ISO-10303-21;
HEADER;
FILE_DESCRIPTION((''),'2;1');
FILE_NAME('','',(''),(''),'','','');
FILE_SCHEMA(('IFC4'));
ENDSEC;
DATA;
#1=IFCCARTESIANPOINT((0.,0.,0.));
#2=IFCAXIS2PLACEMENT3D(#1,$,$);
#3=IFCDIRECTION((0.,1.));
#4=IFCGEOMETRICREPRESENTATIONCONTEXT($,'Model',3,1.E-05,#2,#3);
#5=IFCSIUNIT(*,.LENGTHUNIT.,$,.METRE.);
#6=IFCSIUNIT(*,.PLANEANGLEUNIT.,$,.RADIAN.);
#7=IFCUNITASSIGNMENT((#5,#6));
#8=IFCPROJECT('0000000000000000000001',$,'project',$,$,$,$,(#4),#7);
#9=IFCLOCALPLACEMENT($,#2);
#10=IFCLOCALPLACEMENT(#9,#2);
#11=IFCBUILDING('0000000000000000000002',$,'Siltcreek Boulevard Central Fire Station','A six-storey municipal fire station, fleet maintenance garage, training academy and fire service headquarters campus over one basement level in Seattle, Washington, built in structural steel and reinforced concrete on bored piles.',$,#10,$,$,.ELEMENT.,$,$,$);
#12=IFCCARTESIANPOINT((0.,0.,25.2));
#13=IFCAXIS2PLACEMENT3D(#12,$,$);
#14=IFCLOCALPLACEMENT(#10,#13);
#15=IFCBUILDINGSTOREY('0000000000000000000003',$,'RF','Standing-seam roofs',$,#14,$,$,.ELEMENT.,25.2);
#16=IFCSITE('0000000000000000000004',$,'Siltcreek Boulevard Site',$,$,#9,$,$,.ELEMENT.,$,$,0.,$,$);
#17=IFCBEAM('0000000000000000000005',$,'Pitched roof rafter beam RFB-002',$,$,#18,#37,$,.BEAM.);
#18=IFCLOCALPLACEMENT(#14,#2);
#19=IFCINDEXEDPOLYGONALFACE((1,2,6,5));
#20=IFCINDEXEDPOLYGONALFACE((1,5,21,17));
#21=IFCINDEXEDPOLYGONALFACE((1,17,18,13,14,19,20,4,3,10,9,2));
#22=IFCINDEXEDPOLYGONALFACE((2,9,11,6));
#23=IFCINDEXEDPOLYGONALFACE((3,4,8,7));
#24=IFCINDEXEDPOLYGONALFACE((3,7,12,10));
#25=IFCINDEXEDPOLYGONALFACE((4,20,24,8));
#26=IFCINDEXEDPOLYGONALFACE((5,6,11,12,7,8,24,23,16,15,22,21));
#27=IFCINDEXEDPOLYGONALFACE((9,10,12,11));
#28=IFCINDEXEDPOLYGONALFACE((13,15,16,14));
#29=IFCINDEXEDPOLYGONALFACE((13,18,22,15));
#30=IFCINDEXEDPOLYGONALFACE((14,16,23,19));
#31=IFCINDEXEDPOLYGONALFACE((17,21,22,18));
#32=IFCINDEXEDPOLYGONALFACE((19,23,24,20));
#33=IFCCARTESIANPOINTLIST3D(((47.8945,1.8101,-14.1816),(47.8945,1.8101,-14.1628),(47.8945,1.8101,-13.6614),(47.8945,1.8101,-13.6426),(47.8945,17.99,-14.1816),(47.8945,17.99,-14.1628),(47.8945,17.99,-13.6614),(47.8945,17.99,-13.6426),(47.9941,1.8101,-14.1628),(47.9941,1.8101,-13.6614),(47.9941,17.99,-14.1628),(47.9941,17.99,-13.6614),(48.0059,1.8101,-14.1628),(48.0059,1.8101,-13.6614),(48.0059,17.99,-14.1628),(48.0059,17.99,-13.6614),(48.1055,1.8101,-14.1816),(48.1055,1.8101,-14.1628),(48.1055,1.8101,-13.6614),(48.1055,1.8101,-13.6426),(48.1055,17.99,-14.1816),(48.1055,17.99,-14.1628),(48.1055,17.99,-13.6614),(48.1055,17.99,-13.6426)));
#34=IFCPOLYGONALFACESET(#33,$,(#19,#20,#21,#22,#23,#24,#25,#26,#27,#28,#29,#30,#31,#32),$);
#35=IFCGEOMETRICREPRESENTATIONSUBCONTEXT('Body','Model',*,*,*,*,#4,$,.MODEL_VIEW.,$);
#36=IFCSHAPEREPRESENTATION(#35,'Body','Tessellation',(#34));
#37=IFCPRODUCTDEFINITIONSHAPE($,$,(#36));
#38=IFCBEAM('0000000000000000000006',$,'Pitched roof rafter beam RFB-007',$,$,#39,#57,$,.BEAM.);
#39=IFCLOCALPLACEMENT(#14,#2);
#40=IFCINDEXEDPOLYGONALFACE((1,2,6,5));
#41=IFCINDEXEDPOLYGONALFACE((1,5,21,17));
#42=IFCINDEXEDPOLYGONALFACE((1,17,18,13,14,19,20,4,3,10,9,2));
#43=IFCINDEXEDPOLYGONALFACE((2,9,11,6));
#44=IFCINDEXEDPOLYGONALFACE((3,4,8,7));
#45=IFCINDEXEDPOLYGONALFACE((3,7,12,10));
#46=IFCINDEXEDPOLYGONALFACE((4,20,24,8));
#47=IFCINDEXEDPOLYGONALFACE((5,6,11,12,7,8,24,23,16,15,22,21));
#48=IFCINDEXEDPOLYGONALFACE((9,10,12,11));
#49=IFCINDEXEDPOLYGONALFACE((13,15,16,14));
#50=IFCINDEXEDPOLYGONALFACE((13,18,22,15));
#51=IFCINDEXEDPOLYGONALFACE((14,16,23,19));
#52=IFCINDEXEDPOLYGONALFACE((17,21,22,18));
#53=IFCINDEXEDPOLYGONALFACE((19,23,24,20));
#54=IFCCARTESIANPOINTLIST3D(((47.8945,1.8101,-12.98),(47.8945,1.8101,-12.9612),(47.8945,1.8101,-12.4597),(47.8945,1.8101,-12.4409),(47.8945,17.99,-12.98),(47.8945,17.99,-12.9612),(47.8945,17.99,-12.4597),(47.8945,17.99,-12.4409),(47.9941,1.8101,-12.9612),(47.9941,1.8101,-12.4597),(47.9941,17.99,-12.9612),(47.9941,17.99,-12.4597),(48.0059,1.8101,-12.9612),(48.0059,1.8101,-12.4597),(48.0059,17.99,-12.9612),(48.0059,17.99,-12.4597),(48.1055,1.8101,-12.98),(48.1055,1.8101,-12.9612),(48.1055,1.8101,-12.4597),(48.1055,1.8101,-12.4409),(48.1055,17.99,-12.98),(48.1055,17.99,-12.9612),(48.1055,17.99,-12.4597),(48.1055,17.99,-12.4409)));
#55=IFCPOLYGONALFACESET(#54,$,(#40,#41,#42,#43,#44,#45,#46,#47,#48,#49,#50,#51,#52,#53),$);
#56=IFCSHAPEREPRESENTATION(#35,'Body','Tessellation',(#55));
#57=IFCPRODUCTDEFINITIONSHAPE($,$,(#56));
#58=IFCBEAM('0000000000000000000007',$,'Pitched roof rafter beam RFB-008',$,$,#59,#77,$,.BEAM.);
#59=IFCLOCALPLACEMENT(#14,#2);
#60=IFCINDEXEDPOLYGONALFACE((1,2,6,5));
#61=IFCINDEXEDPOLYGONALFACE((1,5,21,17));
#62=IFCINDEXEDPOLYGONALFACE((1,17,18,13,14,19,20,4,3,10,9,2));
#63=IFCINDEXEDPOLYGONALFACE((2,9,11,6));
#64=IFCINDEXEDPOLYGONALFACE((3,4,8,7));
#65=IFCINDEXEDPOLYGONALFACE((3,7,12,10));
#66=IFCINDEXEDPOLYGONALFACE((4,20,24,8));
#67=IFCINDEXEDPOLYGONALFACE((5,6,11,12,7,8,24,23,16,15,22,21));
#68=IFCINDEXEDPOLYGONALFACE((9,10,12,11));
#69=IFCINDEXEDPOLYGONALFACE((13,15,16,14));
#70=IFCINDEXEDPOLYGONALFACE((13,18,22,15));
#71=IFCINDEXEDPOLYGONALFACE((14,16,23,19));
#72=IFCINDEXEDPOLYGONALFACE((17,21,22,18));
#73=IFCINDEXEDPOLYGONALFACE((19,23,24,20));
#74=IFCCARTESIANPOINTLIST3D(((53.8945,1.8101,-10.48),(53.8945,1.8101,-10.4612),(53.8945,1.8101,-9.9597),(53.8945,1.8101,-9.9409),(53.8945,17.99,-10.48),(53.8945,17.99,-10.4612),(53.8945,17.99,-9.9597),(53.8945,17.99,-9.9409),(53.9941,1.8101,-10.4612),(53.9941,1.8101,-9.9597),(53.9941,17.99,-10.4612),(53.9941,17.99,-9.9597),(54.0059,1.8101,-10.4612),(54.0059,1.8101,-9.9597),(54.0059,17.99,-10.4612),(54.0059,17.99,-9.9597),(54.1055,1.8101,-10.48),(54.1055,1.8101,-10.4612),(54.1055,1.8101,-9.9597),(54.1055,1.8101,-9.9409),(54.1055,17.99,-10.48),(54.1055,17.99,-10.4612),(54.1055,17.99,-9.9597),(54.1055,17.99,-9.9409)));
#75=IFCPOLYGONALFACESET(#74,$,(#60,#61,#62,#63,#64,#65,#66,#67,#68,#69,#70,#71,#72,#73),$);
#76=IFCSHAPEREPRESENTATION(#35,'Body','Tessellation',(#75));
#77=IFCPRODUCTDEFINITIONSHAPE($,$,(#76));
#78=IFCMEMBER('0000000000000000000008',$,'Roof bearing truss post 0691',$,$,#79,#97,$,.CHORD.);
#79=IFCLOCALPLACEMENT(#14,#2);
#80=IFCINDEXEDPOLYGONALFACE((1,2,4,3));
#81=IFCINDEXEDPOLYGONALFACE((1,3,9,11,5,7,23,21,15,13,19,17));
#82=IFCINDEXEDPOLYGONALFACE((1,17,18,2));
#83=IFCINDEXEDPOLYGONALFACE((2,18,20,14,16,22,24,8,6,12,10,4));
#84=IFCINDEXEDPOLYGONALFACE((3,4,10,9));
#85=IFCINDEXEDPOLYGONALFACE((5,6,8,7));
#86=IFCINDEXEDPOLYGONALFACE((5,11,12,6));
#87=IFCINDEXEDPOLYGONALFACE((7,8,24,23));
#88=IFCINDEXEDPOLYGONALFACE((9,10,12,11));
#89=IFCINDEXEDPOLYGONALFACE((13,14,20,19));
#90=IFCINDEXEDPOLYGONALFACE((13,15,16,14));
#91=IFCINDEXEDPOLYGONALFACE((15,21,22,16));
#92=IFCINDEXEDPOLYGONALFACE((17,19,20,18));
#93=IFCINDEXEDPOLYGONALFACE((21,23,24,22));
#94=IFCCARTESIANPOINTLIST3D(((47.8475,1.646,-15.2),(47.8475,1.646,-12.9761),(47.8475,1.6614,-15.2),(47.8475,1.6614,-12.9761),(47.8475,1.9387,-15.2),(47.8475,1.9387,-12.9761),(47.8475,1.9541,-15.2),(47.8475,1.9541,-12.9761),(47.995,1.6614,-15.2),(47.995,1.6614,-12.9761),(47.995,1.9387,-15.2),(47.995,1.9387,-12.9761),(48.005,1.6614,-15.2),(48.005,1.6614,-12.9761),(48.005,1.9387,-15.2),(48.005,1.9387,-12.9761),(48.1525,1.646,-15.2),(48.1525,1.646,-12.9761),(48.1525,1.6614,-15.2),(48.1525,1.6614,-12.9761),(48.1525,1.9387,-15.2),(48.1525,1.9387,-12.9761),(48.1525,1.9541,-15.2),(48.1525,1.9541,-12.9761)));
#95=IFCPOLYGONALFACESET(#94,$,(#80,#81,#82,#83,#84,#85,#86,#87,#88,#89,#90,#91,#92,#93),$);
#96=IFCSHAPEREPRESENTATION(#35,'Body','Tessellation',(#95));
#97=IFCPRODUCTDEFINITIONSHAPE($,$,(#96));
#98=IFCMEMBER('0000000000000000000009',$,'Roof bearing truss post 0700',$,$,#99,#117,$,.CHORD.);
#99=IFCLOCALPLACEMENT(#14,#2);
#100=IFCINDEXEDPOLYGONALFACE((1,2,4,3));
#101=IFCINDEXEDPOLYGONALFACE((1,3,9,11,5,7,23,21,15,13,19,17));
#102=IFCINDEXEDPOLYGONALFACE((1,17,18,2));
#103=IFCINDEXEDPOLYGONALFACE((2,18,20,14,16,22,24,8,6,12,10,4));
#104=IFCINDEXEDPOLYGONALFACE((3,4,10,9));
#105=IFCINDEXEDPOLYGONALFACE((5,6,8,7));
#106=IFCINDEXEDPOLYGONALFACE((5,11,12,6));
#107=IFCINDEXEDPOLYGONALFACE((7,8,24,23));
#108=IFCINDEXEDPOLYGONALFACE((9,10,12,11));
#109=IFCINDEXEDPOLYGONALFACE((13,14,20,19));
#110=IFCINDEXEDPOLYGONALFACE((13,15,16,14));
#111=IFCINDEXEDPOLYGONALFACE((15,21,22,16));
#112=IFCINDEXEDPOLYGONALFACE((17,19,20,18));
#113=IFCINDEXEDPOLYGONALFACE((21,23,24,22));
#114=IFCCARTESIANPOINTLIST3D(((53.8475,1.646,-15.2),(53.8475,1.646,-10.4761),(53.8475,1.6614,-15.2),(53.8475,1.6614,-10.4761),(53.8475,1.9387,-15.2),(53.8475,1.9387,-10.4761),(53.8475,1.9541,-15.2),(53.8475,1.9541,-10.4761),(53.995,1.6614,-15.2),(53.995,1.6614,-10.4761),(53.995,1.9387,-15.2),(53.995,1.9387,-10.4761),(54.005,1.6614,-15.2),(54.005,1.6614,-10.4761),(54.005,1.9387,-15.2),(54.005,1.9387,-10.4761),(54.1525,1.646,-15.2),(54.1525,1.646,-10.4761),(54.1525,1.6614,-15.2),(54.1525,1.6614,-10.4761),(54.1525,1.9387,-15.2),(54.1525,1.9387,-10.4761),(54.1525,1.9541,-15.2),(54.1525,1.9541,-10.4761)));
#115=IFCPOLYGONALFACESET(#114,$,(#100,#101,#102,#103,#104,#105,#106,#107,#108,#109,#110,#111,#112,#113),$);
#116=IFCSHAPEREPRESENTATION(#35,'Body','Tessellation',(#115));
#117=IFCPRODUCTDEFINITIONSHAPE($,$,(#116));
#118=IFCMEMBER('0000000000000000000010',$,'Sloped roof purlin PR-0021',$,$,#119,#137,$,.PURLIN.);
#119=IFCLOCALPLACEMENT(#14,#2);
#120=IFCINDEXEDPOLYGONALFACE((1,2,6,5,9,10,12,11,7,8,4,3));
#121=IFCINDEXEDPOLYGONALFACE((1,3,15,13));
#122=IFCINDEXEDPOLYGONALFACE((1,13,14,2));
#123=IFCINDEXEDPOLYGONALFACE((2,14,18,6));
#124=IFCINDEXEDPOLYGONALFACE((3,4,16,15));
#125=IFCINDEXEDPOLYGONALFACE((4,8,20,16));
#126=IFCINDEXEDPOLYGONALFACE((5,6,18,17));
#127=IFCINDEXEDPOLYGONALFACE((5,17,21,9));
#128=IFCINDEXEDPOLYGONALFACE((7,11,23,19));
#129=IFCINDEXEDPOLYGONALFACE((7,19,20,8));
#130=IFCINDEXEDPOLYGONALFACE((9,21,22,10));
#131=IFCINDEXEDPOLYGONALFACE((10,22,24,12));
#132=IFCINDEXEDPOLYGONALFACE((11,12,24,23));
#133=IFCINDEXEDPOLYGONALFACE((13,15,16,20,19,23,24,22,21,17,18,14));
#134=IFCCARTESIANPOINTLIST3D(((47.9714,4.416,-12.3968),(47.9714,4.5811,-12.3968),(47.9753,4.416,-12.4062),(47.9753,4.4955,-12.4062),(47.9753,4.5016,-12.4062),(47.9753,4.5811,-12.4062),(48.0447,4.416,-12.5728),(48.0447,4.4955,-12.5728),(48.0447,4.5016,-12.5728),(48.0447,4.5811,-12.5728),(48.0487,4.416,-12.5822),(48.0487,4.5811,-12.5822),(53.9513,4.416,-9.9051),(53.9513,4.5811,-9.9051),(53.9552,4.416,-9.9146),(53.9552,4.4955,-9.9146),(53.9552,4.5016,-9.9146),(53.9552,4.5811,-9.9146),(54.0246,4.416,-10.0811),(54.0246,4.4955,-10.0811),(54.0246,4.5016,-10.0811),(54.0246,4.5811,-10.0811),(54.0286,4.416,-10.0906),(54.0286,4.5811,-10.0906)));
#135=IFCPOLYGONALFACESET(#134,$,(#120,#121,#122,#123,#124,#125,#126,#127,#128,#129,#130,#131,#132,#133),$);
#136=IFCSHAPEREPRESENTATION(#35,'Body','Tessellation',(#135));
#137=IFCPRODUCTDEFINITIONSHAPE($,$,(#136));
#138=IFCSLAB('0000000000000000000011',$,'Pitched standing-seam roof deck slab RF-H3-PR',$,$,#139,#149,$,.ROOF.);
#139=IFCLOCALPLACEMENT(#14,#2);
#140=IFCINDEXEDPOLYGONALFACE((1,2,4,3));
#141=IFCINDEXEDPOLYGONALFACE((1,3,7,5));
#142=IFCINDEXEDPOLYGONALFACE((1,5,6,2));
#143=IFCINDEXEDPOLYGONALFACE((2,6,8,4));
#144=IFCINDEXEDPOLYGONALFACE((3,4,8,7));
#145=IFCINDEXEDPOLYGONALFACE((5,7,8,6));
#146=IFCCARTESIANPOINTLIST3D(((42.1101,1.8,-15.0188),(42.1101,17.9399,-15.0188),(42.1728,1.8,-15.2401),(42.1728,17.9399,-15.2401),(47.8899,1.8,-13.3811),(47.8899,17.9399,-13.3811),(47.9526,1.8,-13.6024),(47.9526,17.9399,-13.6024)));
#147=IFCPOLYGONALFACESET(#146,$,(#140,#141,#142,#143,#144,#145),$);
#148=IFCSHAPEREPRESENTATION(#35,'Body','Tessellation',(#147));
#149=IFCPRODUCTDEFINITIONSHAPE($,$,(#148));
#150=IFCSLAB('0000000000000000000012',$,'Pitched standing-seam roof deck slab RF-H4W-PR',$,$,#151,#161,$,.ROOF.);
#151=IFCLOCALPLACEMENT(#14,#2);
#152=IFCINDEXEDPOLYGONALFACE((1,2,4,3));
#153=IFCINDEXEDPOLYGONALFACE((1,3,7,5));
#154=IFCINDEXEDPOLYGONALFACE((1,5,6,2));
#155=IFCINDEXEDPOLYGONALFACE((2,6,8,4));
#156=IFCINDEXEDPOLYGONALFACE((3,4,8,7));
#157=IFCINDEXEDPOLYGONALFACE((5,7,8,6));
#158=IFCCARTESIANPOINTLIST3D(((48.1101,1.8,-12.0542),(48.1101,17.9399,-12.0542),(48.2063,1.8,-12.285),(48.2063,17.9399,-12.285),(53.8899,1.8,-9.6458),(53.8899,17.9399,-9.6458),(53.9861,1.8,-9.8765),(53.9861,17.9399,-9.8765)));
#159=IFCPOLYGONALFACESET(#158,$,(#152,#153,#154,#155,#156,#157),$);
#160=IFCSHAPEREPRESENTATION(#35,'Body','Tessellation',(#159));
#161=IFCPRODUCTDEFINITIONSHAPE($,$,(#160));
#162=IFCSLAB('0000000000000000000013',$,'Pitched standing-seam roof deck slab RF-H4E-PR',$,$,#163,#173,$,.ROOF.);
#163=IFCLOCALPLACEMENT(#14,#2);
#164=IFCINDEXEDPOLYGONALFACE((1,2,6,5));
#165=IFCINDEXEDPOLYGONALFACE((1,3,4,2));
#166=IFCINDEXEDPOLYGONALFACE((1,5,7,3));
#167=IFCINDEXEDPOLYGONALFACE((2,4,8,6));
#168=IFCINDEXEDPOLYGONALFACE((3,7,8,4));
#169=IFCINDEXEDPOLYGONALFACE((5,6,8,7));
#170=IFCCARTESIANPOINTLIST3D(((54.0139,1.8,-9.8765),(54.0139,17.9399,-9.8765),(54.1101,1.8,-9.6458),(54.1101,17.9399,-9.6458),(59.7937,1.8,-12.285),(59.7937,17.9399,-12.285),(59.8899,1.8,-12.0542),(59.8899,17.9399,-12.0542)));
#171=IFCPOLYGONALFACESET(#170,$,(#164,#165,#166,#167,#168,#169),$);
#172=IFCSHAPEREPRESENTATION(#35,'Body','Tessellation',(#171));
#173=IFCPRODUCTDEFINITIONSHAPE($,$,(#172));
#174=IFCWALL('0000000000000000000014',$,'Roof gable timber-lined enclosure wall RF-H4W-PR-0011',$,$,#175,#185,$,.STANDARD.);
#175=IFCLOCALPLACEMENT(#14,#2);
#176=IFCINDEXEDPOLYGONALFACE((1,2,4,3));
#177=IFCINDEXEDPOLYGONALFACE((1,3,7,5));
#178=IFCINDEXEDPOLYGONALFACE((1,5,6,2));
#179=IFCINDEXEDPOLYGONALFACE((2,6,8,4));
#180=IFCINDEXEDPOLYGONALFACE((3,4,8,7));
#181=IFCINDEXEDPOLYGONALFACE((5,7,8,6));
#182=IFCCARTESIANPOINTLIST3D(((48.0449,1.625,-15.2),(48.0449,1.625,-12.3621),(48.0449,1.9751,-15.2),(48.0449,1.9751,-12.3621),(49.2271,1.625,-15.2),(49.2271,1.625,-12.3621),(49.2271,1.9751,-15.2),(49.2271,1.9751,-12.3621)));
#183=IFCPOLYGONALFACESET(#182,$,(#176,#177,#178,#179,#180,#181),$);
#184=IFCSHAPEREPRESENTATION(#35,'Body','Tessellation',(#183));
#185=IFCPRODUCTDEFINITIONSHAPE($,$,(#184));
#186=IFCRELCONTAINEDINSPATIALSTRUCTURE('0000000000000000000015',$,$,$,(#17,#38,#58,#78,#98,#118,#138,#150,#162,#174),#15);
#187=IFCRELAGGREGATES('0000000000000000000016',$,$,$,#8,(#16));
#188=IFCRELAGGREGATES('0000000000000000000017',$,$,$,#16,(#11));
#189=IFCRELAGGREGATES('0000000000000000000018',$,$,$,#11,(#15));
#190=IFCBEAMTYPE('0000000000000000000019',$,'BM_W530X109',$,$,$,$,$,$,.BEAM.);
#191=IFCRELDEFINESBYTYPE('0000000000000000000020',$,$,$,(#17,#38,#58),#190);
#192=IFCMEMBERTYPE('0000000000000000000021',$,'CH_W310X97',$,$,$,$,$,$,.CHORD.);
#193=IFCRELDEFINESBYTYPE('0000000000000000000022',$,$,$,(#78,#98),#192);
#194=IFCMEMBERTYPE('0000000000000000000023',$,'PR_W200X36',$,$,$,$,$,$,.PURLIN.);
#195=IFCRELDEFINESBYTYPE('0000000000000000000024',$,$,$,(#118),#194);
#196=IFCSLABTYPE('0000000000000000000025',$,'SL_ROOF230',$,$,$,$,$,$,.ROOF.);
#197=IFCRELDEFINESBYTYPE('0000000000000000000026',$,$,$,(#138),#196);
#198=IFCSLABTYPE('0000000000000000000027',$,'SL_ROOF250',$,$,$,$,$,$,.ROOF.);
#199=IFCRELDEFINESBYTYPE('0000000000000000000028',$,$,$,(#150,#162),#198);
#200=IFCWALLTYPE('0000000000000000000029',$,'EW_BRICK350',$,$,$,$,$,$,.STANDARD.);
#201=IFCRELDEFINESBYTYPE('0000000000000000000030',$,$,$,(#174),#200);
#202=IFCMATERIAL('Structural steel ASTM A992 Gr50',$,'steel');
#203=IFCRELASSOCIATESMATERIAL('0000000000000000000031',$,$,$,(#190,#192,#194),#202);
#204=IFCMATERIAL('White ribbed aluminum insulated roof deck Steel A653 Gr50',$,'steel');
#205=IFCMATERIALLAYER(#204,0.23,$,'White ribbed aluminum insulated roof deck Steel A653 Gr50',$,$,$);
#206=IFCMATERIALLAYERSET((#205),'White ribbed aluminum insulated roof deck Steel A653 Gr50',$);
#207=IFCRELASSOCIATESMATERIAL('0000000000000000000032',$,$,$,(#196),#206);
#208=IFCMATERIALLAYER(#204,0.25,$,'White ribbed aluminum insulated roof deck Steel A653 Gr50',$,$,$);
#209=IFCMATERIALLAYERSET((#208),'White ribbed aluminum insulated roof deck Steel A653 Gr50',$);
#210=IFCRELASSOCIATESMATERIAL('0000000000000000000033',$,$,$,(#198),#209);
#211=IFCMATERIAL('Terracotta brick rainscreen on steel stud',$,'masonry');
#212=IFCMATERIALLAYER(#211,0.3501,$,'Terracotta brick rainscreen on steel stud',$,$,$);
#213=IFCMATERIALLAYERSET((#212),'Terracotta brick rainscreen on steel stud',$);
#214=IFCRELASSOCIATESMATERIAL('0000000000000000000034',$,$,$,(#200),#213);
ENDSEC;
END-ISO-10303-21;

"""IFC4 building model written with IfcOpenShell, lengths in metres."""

from ifc_helpers import new_model, si_unit, direction, frame, frame_2d, origin, origin_2d, place, context, subcontext, project, spatial, polyline, rectangle, i_section, outline, extrude, material, layer, layer_set, material_profile, profile_set, type_object, element, save


model = new_model("IFC4")

# Units and contexts
model_context = context("Model", 3, precision=1e-05, world=origin(), true_north=direction((0.0, 1.0)))
body_context = subcontext(model_context, "Body", "Model", "MODEL_VIEW")
ifc_project = project(units=[si_unit("LENGTHUNIT", "METRE"), si_unit("PLANEANGLEUNIT", "RADIAN")], contexts=[model_context])

# Site, building, storey
site_placement = place(None, origin())
site = spatial("IfcSite", under=ifc_project, at=site_placement, Name="Siltcreek Boulevard Site", CompositionType="ELEMENT", RefElevation=0.0)
building_placement = place(site_placement, origin())
building = spatial("IfcBuilding", under=site, at=building_placement, Name="Siltcreek Boulevard Central Fire Station", Description="A six-storey municipal fire station, fleet maintenance garage, training academy and fire service headquarters campus over one basement level in Seattle, Washington, built in structural steel and reinforced concrete on bored piles.", CompositionType="ELEMENT")
storey_placement = place(building_placement, frame((0.0, 0.0, 25.2)))
storey = spatial("IfcBuildingStorey", under=building, at=storey_placement, Name="RF", Description="Standing-seam roofs", CompositionType="ELEMENT", Elevation=25.2)

# Beams
ifc_material_1 = material(Name="Structural steel ASTM A992 Gr50", Category="steel")
ifc_material_profile_1 = material_profile(ifc_material_1, i_section(OverallWidth=0.2109, OverallDepth=0.5391, WebThickness=0.0117, FlangeThickness=0.0188, at=origin_2d()), Name="W530X109")
ifc_profile_set_1 = profile_set([ifc_material_profile_1], Name="Structural steel ASTM A992 Gr50")
beam_type = type_object("IfcBeamType", Name="BM_W530X109", PredefinedType="BEAM", material=ifc_profile_set_1)
for number, where, z_axis, x_axis, name in (
    (1, (48.0, 1.8101, -13.9121), (0.0, 1.0, 0.0), (-1.0, 0.0, 0.0), "Pitched roof rafter beam RFB-002"),
    (2, (48.0, 1.8101, -12.7104), (0.0, 1.0, 0.0), (-1.0, 0.0, 0.0), "Pitched roof rafter beam RFB-007"),
    (3, (54.0, 1.8101, -10.2104), (0.0, 1.0, 0.0), (-1.0, 0.0, 0.0), "Pitched roof rafter beam RFB-008"),
):
    element("IfcBeam", number, at=place(storey_placement, frame(where, z_axis=z_axis, x_axis=x_axis)), inside=storey, type_object=beam_type, Name=name, PredefinedType="BEAM", context=body_context, shape_type="SweptSolid", body=[
        extrude(i_section(OverallWidth=0.2109, OverallDepth=0.5391, WebThickness=0.0117, FlangeThickness=0.0188, at=origin_2d()), origin(), (0.0, 0.0, 1.0), 16.1799),
    ])

# Members
ifc_material_profile_2 = material_profile(ifc_material_1, i_section(OverallWidth=0.3049, OverallDepth=0.3081, WebThickness=0.01, FlangeThickness=0.0154, at=origin_2d()), Name="W310X97")
ifc_profile_set_2 = profile_set([ifc_material_profile_2], Name="Structural steel ASTM A992 Gr50")
member_type_1 = type_object("IfcMemberType", Name="CH_W310X97", PredefinedType="CHORD", material=ifc_profile_set_2)
member_1_placement = place(storey_placement, frame((48.0, 1.8, -15.2), z_axis=(0.0, 0.0, 1.0), x_axis=(1.0, 0.0, 0.0)))
element("IfcMember", 4, at=member_1_placement, inside=storey, type_object=member_type_1, Name="Roof bearing truss post 0691", PredefinedType="CHORD", context=body_context, shape_type="SweptSolid", body=[
    extrude(i_section(OverallWidth=0.3049, OverallDepth=0.3081, WebThickness=0.01, FlangeThickness=0.0154, at=origin_2d()), origin(), (0.0, 0.0, 1.0), 2.2239),
])
member_2_placement = place(storey_placement, frame((54.0, 1.8, -15.2), z_axis=(0.0, 0.0, 1.0), x_axis=(1.0, 0.0, 0.0)))
element("IfcMember", 5, at=member_2_placement, inside=storey, type_object=member_type_1, Name="Roof bearing truss post 0700", PredefinedType="CHORD", context=body_context, shape_type="SweptSolid", body=[
    extrude(i_section(OverallWidth=0.3049, OverallDepth=0.3081, WebThickness=0.01, FlangeThickness=0.0154, at=origin_2d()), origin(), (0.0, 0.0, 1.0), 4.7239),
])
ifc_material_profile_3 = material_profile(ifc_material_1, i_section(OverallWidth=0.165, OverallDepth=0.2009, WebThickness=0.0061, FlangeThickness=0.0103, at=origin_2d()), Name="W200X36")
ifc_profile_set_3 = profile_set([ifc_material_profile_3], Name="Structural steel ASTM A992 Gr50")
member_type_2 = type_object("IfcMemberType", Name="PR_W200X36", PredefinedType="PURLIN", material=ifc_profile_set_3)
member_3_placement = place(storey_placement, frame((48.01, 4.4985, -12.4895), z_axis=(0.923075, 0.0, 0.384621), x_axis=(0.0, 1.0, 0.0)))
element("IfcMember", 6, at=member_3_placement, inside=storey, type_object=member_type_2, Name="Sloped roof purlin PR-0021", PredefinedType="PURLIN", context=body_context, shape_type="SweptSolid", body=[
    extrude(i_section(OverallWidth=0.165, OverallDepth=0.2009, WebThickness=0.0061, FlangeThickness=0.0103, at=origin_2d()), origin(), (0.0, 0.0, 1.0), 6.4783),
])

# Slabs
ifc_material_2 = material(Name="White ribbed aluminum insulated roof deck Steel A653 Gr50", Category="steel")
ifc_layer_1 = layer(ifc_material_2, 0.23, Name="White ribbed aluminum insulated roof deck Steel A653 Gr50")
ifc_layer_set_1 = layer_set([ifc_layer_1], Name="White ribbed aluminum insulated roof deck Steel A653 Gr50")
slab_type_1 = type_object("IfcSlabType", Name="SL_ROOF230", PredefinedType="ROOF", material=ifc_layer_set_1)
slab_placement = place(storey_placement, frame((42.1101, 1.8, -15.0188), z_axis=(-0.272616, 0.0, 0.962123), x_axis=(0.962123, 0.0, 0.272616)))
element("IfcSlab", 7, at=slab_placement, inside=storey, type_object=slab_type_1, Name="Pitched standing-seam roof deck slab RF-H3-PR", PredefinedType="ROOF", context=body_context, shape_type="SweptSolid", body=[
    extrude(outline(polyline([(0.0, 0.0), (6.0073, 0.0), (6.0073, 16.1399), (0.0, 16.1399), (0.0, 0.0)])), origin(), (0.0, 0.0, -1.0), 0.23),
])
ifc_layer_2 = layer(ifc_material_2, 0.25, Name="White ribbed aluminum insulated roof deck Steel A653 Gr50")
ifc_layer_set_2 = layer_set([ifc_layer_2], Name="White ribbed aluminum insulated roof deck Steel A653 Gr50")
slab_type_2 = type_object("IfcSlabType", Name="SL_ROOF250", PredefinedType="ROOF", material=ifc_layer_set_2)
for number, where, z_axis, x_axis, name in (
    (8, (48.1101, 1.8, -12.0542), (-0.384643, 0.0, 0.923065), (0.923065, 0.0, 0.384643), "Pitched standing-seam roof deck slab RF-H4W-PR"),
    (9, (54.1101, 1.8, -9.6458), (0.384643, 0.0, 0.923065), (0.923065, 0.0, -0.384643), "Pitched standing-seam roof deck slab RF-H4E-PR"),
):
    element("IfcSlab", number, at=place(storey_placement, frame(where, z_axis=z_axis, x_axis=x_axis)), inside=storey, type_object=slab_type_2, Name=name, PredefinedType="ROOF", context=body_context, shape_type="SweptSolid", body=[
        extrude(outline(polyline([(0.0, 0.0), (6.2615, 0.0), (6.2615, 16.1399), (0.0, 16.1399), (0.0, 0.0)])), origin(), (0.0, 0.0, -1.0), 0.25),
    ])

# Wall
ifc_material_3 = material(Name="Terracotta brick rainscreen on steel stud", Category="masonry")
ifc_layer_3 = layer(ifc_material_3, 0.3501, Name="Terracotta brick rainscreen on steel stud")
ifc_layer_set_3 = layer_set([ifc_layer_3], Name="Terracotta brick rainscreen on steel stud")
wall_type_1 = type_object("IfcWallType", Name="EW_BRICK350", PredefinedType="STANDARD", material=ifc_layer_set_3)
wall_1_placement = place(storey_placement, frame((48.0449, 1.8, -15.2), z_axis=(0.0, 0.0, 1.0), x_axis=(1.0, 0.0, 0.0)))
element("IfcWall", 10, at=wall_1_placement, inside=storey, type_object=wall_type_1, Name="Roof gable timber-lined enclosure wall RF-H4W-PR-0011", PredefinedType="STANDARD", context=body_context, shape_type="SweptSolid", body=[
    extrude(rectangle(XDim=1.1821, YDim=0.3501, at=frame_2d((0.5911, 0.0))), origin(), (0.0, 0.0, 1.0), 2.8379),
])

save(model, "model.ifc")
